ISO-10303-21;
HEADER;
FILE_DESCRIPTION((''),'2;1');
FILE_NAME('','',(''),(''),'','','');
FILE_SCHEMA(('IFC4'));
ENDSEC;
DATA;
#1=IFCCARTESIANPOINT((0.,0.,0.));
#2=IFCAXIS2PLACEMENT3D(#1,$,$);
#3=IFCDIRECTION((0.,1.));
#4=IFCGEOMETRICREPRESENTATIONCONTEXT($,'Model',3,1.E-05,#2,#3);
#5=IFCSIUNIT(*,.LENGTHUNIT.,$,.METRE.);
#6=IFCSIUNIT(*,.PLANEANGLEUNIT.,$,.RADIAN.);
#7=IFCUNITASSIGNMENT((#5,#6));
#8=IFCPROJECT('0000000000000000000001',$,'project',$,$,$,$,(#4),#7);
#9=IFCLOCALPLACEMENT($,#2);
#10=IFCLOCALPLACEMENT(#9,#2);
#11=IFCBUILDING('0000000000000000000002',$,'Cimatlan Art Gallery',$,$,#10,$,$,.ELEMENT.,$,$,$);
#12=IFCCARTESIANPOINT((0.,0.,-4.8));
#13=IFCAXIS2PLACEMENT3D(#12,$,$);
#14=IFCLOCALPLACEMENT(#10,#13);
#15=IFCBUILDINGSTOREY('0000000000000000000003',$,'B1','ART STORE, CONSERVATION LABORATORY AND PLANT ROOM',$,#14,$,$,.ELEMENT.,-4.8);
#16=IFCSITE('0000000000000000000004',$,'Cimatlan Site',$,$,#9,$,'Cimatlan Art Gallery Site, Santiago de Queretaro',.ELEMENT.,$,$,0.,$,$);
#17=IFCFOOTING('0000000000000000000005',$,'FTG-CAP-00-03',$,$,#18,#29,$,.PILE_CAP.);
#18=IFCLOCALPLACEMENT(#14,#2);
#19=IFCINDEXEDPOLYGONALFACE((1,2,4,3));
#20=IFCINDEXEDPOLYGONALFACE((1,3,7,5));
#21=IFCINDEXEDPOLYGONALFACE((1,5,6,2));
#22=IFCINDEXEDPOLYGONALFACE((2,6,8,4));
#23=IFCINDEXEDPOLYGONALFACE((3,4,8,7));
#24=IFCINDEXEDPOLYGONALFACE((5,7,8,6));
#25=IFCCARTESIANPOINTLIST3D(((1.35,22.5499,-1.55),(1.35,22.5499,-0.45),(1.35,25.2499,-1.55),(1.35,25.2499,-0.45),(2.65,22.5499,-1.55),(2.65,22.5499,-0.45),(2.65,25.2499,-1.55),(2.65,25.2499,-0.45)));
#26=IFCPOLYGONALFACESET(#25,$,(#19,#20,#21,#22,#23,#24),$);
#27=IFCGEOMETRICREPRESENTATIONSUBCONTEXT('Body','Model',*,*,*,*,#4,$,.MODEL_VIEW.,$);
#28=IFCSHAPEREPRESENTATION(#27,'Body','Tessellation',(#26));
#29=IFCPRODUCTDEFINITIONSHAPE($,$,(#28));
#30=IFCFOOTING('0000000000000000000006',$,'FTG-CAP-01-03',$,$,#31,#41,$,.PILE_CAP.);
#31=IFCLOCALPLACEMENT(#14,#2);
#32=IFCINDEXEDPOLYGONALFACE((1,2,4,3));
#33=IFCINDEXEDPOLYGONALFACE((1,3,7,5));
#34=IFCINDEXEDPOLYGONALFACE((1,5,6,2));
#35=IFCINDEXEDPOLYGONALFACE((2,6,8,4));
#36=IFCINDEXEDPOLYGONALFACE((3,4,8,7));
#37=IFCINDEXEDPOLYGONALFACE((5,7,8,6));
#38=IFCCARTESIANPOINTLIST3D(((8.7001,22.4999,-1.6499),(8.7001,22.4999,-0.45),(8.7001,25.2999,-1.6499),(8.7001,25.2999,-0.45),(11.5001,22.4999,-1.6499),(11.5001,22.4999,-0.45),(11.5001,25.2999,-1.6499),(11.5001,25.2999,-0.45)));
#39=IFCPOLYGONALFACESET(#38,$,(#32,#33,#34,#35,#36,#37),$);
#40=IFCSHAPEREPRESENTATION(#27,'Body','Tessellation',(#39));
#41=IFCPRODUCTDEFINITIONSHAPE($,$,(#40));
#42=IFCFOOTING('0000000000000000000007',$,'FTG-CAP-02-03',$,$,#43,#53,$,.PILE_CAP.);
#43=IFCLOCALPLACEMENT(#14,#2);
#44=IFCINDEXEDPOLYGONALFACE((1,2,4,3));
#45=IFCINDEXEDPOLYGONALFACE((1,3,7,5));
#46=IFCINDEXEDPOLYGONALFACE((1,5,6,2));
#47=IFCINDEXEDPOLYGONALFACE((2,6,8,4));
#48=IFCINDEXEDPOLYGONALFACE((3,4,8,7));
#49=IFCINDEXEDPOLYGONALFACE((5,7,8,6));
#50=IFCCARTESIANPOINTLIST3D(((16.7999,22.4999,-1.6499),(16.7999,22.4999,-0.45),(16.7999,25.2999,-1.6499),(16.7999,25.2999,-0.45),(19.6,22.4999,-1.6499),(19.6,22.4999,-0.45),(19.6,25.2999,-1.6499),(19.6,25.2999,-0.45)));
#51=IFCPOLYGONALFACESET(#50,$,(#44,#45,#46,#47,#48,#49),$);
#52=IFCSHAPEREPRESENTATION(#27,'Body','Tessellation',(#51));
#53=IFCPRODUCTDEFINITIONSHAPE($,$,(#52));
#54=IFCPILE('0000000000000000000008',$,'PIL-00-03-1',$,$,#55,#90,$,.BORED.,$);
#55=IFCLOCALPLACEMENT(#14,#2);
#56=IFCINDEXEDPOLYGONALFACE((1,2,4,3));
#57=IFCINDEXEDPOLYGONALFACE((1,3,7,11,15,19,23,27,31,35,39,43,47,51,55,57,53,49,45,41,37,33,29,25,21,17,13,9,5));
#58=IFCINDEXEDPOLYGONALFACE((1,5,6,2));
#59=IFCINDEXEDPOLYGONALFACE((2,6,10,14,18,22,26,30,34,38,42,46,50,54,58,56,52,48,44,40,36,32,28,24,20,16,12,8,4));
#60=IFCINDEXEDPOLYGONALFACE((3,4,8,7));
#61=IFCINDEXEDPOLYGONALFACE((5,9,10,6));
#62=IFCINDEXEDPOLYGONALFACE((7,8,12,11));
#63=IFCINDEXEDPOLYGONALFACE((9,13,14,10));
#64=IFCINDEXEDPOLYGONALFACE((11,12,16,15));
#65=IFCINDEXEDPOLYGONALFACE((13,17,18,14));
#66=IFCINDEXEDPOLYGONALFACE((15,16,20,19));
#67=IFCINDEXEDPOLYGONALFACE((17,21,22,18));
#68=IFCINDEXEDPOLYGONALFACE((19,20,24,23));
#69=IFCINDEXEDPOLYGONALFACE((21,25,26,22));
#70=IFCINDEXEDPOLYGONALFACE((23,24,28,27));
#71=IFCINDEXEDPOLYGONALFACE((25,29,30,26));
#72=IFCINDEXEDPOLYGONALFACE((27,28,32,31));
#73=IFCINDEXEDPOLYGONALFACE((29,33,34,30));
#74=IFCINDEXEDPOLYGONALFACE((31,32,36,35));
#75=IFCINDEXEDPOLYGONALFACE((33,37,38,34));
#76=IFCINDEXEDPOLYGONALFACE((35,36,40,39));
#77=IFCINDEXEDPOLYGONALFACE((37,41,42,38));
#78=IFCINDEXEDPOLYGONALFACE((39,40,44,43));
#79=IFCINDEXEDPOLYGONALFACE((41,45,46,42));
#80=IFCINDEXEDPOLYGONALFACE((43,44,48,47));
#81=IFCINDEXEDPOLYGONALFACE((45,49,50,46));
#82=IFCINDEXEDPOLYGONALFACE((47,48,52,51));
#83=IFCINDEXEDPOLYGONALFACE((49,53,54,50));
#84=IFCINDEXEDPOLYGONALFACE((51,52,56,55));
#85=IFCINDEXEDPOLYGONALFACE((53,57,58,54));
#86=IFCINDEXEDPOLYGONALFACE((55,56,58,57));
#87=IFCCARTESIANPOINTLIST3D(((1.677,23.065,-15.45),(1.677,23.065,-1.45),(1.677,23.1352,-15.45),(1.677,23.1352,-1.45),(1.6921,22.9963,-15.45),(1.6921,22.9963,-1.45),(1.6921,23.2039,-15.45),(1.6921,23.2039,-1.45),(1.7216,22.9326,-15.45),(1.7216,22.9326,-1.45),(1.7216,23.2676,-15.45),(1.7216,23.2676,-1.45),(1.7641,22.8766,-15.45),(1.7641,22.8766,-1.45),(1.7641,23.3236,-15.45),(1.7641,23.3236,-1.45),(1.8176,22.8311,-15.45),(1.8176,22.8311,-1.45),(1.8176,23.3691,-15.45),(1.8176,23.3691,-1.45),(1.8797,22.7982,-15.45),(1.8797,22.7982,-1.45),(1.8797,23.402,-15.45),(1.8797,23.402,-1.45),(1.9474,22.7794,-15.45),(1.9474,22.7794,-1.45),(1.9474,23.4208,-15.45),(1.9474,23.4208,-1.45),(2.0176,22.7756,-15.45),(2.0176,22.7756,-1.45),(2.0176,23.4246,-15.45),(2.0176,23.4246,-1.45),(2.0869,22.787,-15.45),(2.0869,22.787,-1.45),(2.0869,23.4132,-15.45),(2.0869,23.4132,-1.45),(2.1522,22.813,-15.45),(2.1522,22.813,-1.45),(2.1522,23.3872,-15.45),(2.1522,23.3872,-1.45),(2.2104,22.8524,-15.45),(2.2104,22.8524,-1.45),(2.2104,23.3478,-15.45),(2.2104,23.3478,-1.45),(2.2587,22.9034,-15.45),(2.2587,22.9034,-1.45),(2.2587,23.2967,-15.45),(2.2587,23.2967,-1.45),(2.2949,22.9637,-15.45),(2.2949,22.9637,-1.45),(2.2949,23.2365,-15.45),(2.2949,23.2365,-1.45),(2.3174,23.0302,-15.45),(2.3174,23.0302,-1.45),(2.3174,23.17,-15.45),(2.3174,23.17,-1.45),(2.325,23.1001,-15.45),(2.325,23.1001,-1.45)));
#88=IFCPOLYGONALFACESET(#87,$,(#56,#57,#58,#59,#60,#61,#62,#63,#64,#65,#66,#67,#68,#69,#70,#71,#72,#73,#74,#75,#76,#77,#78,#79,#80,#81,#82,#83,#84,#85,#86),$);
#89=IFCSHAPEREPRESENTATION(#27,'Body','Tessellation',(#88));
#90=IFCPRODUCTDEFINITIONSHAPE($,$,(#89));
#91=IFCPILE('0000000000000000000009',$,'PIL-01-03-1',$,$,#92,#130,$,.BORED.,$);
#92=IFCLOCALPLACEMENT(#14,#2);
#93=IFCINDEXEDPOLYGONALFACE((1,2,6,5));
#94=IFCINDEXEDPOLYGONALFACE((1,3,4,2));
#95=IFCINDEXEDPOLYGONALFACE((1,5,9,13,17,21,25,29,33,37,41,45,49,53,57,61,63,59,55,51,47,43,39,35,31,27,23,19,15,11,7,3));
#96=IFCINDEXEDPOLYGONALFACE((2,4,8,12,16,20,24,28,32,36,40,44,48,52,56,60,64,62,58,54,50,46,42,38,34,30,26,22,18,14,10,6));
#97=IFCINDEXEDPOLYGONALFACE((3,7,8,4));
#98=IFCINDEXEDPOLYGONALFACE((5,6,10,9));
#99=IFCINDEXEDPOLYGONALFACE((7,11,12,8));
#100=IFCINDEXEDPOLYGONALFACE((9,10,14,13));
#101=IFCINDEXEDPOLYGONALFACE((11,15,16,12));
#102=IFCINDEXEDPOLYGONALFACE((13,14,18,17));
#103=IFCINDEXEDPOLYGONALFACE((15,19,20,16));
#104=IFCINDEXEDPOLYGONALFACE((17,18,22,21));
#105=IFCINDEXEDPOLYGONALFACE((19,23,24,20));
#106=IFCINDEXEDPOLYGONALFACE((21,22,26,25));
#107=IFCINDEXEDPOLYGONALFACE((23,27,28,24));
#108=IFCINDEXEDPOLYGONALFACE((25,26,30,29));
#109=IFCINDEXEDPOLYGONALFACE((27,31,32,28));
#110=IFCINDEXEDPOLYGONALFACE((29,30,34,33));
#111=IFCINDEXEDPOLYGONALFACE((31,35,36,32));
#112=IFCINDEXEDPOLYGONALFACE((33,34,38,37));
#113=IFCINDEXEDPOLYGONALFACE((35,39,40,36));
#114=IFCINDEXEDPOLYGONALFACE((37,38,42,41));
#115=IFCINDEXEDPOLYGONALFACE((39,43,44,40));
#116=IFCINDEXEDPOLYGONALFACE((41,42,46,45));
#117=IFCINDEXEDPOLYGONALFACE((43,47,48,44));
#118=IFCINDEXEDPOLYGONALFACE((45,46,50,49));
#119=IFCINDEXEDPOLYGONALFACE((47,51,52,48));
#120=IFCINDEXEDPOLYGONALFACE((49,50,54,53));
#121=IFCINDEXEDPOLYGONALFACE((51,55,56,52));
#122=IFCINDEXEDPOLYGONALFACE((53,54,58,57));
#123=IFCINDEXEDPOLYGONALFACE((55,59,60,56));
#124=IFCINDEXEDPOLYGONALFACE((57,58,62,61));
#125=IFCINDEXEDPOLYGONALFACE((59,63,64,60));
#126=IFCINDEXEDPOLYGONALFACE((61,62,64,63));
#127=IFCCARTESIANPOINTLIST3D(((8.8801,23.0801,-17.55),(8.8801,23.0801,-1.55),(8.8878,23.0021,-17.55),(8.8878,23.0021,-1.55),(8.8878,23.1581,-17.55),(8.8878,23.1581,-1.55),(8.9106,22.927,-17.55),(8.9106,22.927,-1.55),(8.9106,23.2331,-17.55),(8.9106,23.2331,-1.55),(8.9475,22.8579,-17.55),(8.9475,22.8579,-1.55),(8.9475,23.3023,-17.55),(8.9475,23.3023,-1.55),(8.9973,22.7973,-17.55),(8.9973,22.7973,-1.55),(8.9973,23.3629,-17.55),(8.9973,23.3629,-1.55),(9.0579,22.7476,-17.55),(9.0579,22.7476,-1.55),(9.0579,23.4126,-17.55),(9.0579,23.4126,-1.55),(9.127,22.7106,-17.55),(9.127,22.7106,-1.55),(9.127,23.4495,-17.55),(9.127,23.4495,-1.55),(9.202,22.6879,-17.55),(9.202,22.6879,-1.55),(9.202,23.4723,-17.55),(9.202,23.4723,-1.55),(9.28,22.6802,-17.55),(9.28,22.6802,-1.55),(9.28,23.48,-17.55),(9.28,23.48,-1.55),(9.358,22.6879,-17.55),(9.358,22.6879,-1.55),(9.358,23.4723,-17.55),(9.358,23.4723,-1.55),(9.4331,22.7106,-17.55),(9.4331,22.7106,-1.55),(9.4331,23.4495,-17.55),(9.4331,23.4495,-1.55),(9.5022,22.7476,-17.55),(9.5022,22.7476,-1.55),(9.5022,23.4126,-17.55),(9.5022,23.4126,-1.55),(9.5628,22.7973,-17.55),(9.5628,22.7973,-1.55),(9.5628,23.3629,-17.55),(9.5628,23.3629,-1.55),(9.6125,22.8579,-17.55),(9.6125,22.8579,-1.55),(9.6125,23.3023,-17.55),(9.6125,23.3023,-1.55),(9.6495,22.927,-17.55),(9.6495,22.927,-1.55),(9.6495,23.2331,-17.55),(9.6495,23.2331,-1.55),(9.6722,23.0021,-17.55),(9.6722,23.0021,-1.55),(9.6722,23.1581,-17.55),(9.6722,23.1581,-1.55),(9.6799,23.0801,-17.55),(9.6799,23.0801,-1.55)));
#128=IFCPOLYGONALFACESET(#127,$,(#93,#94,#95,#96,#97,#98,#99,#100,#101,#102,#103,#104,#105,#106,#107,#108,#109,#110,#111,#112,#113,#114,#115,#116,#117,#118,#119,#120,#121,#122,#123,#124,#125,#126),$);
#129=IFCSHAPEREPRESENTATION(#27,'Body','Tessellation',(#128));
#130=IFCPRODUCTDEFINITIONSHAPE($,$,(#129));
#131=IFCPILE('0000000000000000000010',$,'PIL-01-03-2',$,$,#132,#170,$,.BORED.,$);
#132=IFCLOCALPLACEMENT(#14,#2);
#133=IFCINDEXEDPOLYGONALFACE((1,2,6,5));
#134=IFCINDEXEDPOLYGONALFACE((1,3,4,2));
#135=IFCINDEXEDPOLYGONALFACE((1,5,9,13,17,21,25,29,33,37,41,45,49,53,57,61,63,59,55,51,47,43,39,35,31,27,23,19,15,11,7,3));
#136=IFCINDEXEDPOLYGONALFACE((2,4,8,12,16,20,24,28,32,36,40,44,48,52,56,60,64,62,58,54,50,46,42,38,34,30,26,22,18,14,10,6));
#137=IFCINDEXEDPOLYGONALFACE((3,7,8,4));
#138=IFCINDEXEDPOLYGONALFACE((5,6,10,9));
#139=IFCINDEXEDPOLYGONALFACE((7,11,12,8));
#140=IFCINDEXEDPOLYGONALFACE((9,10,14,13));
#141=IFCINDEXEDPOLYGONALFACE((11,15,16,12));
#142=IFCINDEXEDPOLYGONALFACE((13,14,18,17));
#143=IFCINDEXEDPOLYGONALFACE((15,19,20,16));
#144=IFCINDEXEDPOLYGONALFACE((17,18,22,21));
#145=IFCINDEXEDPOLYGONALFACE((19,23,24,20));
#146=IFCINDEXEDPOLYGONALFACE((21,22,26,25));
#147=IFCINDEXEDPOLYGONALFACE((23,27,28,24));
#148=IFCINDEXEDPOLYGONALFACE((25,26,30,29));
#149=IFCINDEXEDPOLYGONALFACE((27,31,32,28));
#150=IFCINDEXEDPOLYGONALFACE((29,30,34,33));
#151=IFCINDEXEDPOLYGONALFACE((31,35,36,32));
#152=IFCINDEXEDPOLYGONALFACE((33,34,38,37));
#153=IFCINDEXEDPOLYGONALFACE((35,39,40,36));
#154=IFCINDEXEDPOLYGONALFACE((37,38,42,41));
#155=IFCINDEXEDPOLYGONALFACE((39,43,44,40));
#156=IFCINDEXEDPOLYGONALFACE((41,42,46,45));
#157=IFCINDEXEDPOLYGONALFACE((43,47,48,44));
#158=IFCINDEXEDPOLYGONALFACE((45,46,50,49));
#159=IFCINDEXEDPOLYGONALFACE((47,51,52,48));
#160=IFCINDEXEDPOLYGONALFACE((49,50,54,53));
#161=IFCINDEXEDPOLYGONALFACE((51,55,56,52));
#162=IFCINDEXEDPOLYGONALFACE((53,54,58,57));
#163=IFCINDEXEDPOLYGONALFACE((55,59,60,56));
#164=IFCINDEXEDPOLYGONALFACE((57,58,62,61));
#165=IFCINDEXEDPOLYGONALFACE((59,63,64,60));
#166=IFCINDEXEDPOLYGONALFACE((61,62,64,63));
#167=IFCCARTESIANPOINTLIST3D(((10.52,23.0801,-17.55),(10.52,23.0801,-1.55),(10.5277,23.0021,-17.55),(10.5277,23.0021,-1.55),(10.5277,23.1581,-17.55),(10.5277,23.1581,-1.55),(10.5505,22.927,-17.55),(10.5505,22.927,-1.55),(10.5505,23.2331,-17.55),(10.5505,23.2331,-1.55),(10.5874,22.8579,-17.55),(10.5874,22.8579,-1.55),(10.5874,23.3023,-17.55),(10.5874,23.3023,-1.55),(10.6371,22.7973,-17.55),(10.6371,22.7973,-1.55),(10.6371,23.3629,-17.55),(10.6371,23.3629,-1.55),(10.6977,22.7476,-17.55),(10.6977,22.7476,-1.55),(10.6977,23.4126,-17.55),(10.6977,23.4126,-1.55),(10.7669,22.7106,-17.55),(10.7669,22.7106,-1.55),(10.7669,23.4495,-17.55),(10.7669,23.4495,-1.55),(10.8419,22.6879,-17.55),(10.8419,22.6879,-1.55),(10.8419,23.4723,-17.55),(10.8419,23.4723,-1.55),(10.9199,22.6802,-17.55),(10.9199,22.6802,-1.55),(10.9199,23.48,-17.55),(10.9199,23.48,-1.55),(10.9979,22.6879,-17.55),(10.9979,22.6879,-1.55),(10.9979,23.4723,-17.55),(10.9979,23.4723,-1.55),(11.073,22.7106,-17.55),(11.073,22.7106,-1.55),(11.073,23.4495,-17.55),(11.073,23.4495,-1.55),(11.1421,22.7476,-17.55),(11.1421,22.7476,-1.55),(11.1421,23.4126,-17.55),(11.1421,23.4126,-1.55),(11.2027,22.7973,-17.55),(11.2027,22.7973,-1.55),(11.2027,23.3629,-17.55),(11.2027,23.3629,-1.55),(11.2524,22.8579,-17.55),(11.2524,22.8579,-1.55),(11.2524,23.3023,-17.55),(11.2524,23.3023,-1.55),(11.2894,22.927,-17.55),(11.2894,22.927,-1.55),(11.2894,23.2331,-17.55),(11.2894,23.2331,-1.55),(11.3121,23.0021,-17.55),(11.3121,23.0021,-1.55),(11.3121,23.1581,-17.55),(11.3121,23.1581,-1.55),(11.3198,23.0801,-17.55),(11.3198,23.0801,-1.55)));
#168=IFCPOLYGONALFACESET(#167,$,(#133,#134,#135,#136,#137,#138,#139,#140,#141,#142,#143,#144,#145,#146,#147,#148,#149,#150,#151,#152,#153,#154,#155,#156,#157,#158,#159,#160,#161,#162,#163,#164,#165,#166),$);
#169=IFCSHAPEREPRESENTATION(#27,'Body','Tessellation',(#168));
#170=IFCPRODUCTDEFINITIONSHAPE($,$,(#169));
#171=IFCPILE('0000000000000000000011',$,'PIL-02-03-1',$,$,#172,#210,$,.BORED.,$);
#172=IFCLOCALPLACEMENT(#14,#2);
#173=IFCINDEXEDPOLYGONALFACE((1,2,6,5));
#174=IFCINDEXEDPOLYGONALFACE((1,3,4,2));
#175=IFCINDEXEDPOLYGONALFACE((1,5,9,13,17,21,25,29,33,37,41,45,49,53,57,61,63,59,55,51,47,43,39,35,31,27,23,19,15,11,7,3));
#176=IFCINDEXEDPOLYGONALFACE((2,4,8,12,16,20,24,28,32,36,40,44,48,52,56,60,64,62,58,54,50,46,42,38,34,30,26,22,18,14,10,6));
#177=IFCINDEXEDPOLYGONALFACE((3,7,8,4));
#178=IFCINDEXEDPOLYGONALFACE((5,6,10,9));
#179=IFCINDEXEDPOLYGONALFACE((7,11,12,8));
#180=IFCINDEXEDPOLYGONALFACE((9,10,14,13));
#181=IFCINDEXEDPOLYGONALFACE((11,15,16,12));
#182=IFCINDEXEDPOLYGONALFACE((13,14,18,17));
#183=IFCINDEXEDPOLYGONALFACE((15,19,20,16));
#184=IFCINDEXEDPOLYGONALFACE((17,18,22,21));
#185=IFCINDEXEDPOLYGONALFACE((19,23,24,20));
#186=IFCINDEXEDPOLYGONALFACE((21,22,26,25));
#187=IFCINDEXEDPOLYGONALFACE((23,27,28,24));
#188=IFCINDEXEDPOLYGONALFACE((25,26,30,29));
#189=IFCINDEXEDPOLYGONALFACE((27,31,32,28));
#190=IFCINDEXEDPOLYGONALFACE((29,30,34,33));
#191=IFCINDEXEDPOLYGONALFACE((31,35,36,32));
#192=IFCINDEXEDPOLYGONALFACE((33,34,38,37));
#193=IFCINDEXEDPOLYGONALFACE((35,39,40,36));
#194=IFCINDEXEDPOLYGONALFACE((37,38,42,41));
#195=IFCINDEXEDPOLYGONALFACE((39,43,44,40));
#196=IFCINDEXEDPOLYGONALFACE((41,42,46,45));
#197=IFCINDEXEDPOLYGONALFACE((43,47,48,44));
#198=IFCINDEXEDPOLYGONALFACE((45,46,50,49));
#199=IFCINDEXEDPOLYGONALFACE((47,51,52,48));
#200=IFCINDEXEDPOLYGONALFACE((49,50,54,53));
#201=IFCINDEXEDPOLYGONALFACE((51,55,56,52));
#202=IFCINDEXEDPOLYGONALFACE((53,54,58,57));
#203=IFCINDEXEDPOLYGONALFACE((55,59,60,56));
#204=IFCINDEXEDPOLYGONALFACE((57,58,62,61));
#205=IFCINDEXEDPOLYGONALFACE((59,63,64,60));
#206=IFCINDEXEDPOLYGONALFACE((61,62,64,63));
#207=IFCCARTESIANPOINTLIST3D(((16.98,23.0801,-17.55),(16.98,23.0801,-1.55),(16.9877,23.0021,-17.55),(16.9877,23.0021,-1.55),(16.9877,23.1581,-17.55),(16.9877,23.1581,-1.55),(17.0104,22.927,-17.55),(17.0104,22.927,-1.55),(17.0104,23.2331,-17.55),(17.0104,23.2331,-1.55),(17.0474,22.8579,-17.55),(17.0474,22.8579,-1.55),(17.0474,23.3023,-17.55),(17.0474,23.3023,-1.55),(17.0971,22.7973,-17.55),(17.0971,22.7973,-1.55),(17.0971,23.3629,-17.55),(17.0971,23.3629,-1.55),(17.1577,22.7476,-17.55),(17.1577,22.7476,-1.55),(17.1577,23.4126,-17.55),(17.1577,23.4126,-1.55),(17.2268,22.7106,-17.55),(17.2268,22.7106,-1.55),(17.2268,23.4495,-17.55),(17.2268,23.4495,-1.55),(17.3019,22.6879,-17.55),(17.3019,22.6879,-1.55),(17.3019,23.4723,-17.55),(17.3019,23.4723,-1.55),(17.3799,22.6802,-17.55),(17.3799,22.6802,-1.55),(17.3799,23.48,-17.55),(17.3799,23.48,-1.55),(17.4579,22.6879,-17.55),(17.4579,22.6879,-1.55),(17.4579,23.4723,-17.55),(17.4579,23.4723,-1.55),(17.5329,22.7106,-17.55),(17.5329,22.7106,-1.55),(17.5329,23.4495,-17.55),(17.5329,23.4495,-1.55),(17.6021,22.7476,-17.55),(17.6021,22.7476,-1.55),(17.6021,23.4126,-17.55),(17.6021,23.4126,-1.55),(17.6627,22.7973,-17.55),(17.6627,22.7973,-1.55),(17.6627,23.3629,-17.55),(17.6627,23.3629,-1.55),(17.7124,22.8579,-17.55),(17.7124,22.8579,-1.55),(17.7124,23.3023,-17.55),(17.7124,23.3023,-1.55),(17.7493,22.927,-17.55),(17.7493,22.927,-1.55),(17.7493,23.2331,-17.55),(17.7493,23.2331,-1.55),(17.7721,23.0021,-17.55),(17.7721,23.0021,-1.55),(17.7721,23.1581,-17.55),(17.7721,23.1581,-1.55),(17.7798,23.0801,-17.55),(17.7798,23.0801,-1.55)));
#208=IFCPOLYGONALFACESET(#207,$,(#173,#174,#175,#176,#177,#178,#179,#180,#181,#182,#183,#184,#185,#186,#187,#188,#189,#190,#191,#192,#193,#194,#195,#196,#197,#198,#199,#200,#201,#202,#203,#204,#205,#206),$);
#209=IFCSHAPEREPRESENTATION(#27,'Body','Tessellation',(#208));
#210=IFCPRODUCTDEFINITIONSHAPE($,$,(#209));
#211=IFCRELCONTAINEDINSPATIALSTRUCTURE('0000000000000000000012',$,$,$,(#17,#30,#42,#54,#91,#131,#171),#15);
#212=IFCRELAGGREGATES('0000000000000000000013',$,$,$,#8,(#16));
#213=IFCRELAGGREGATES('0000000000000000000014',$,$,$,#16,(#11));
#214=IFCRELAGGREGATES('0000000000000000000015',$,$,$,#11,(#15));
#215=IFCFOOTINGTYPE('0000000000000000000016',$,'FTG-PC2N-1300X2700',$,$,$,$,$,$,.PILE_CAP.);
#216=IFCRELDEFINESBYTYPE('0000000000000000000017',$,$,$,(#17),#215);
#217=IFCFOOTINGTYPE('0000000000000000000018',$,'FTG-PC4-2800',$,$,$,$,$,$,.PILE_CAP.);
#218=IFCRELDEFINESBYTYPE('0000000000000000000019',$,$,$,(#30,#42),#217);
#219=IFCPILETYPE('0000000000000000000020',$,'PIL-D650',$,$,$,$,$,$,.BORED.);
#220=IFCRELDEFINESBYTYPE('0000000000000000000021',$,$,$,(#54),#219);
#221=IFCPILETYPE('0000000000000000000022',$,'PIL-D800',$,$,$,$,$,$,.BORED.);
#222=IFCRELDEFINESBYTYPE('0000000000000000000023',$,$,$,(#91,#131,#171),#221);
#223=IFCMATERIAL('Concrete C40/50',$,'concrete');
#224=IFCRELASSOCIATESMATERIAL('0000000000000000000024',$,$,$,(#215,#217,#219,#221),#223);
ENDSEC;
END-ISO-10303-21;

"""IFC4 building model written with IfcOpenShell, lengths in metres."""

from ifc_helpers import new_model, si_unit, direction, frame, origin, origin_2d, place, context, subcontext, project, spatial, rectangle, circle, extrude, material, type_object, element, save


model = new_model("IFC4")

# Units and contexts
model_context = context("Model", 3, precision=1e-05, world=origin(), true_north=direction((0.0, 1.0)))
body_context = subcontext(model_context, "Body", "Model", "MODEL_VIEW")
ifc_project = project(units=[si_unit("LENGTHUNIT", "METRE"), si_unit("PLANEANGLEUNIT", "RADIAN")], contexts=[model_context])

# Site, building, storey
site_placement = place(None, origin())
site = spatial("IfcSite", under=ifc_project, at=site_placement, Name="Cimatlan Site", LongName="Cimatlan Art Gallery Site, Santiago de Queretaro", CompositionType="ELEMENT", RefElevation=0.0)
building_placement = place(site_placement, origin())
building = spatial("IfcBuilding", under=site, at=building_placement, Name="Cimatlan Art Gallery", CompositionType="ELEMENT")
storey_placement = place(building_placement, frame((0.0, 0.0, -4.8)))
storey = spatial("IfcBuildingStorey", under=building, at=storey_placement, Name="B1", Description="ART STORE, CONSERVATION LABORATORY AND PLANT ROOM", CompositionType="ELEMENT", Elevation=-4.8)

# Footings
ifc_material_1 = material(Name="Concrete C40/50", Category="concrete")
footing_type_1 = type_object("IfcFootingType", Name="FTG-PC2N-1300X2700", PredefinedType="PILE_CAP", material=ifc_material_1)
footing_placement = place(storey_placement, frame((2.0, 23.8999, -1.55), z_axis=(0.0, 0.0, 1.0), x_axis=(1.0, 0.0, 0.0)))
element("IfcFooting", 1, at=footing_placement, inside=storey, type_object=footing_type_1, Name="FTG-CAP-00-03", PredefinedType="PILE_CAP", context=body_context, shape_type="SweptSolid", body=[
    extrude(rectangle(XDim=1.3, YDim=2.7, at=origin_2d()), origin(), (0.0, 0.0, 1.0), 1.1001),
])
footing_type_2 = type_object("IfcFootingType", Name="FTG-PC4-2800", PredefinedType="PILE_CAP", material=ifc_material_1)
for number, where, z_axis, x_axis, name in (
    (2, (10.1001, 23.8999, -1.6499), (0.0, 0.0, 1.0), (1.0, 0.0, 0.0), "FTG-CAP-01-03"),
    (3, (18.2, 23.8999, -1.6499), (0.0, 0.0, 1.0), (1.0, 0.0, 0.0), "FTG-CAP-02-03"),
):
    element("IfcFooting", number, at=place(storey_placement, frame(where, z_axis=z_axis, x_axis=x_axis)), inside=storey, type_object=footing_type_2, Name=name, PredefinedType="PILE_CAP", context=body_context, shape_type="SweptSolid", body=[
        extrude(rectangle(XDim=2.8, YDim=2.8, at=origin_2d()), origin(), (0.0, 0.0, 1.0), 1.2),
    ])

# Piles
pile_type_1 = type_object("IfcPileType", Name="PIL-D650", PredefinedType="BORED", material=ifc_material_1)
pile_placement = place(storey_placement, frame((2.0, 23.1001, -1.45), z_axis=(0.0, 0.0, -1.0), x_axis=(1.0, 0.0, 0.0)))
element("IfcPile", 4, at=pile_placement, inside=storey, type_object=pile_type_1, Name="PIL-00-03-1", PredefinedType="BORED", context=body_context, shape_type="SweptSolid", body=[
    extrude(circle(Radius=0.325, at=origin_2d()), origin(), (0.0, 0.0, 1.0), 14.0),
])
pile_type_2 = type_object("IfcPileType", Name="PIL-D800", PredefinedType="BORED", material=ifc_material_1)
for number, where, z_axis, x_axis, name in (
    (5, (9.28, 23.0801, -1.55), (0.0, 0.0, -1.0), (1.0, 0.0, 0.0), "PIL-01-03-1"),
    (6, (10.9199, 23.0801, -1.55), (0.0, 0.0, -1.0), (1.0, 0.0, 0.0), "PIL-01-03-2"),
    (7, (17.3799, 23.0801, -1.55), (0.0, 0.0, -1.0), (1.0, 0.0, 0.0), "PIL-02-03-1"),
):
    element("IfcPile", number, at=place(storey_placement, frame(where, z_axis=z_axis, x_axis=x_axis)), inside=storey, type_object=pile_type_2, Name=name, PredefinedType="BORED", context=body_context, shape_type="SweptSolid", body=[
        extrude(circle(Radius=0.3999, at=origin_2d()), origin(), (0.0, 0.0, 1.0), 16.0),
    ])

save(model, "model.ifc")
